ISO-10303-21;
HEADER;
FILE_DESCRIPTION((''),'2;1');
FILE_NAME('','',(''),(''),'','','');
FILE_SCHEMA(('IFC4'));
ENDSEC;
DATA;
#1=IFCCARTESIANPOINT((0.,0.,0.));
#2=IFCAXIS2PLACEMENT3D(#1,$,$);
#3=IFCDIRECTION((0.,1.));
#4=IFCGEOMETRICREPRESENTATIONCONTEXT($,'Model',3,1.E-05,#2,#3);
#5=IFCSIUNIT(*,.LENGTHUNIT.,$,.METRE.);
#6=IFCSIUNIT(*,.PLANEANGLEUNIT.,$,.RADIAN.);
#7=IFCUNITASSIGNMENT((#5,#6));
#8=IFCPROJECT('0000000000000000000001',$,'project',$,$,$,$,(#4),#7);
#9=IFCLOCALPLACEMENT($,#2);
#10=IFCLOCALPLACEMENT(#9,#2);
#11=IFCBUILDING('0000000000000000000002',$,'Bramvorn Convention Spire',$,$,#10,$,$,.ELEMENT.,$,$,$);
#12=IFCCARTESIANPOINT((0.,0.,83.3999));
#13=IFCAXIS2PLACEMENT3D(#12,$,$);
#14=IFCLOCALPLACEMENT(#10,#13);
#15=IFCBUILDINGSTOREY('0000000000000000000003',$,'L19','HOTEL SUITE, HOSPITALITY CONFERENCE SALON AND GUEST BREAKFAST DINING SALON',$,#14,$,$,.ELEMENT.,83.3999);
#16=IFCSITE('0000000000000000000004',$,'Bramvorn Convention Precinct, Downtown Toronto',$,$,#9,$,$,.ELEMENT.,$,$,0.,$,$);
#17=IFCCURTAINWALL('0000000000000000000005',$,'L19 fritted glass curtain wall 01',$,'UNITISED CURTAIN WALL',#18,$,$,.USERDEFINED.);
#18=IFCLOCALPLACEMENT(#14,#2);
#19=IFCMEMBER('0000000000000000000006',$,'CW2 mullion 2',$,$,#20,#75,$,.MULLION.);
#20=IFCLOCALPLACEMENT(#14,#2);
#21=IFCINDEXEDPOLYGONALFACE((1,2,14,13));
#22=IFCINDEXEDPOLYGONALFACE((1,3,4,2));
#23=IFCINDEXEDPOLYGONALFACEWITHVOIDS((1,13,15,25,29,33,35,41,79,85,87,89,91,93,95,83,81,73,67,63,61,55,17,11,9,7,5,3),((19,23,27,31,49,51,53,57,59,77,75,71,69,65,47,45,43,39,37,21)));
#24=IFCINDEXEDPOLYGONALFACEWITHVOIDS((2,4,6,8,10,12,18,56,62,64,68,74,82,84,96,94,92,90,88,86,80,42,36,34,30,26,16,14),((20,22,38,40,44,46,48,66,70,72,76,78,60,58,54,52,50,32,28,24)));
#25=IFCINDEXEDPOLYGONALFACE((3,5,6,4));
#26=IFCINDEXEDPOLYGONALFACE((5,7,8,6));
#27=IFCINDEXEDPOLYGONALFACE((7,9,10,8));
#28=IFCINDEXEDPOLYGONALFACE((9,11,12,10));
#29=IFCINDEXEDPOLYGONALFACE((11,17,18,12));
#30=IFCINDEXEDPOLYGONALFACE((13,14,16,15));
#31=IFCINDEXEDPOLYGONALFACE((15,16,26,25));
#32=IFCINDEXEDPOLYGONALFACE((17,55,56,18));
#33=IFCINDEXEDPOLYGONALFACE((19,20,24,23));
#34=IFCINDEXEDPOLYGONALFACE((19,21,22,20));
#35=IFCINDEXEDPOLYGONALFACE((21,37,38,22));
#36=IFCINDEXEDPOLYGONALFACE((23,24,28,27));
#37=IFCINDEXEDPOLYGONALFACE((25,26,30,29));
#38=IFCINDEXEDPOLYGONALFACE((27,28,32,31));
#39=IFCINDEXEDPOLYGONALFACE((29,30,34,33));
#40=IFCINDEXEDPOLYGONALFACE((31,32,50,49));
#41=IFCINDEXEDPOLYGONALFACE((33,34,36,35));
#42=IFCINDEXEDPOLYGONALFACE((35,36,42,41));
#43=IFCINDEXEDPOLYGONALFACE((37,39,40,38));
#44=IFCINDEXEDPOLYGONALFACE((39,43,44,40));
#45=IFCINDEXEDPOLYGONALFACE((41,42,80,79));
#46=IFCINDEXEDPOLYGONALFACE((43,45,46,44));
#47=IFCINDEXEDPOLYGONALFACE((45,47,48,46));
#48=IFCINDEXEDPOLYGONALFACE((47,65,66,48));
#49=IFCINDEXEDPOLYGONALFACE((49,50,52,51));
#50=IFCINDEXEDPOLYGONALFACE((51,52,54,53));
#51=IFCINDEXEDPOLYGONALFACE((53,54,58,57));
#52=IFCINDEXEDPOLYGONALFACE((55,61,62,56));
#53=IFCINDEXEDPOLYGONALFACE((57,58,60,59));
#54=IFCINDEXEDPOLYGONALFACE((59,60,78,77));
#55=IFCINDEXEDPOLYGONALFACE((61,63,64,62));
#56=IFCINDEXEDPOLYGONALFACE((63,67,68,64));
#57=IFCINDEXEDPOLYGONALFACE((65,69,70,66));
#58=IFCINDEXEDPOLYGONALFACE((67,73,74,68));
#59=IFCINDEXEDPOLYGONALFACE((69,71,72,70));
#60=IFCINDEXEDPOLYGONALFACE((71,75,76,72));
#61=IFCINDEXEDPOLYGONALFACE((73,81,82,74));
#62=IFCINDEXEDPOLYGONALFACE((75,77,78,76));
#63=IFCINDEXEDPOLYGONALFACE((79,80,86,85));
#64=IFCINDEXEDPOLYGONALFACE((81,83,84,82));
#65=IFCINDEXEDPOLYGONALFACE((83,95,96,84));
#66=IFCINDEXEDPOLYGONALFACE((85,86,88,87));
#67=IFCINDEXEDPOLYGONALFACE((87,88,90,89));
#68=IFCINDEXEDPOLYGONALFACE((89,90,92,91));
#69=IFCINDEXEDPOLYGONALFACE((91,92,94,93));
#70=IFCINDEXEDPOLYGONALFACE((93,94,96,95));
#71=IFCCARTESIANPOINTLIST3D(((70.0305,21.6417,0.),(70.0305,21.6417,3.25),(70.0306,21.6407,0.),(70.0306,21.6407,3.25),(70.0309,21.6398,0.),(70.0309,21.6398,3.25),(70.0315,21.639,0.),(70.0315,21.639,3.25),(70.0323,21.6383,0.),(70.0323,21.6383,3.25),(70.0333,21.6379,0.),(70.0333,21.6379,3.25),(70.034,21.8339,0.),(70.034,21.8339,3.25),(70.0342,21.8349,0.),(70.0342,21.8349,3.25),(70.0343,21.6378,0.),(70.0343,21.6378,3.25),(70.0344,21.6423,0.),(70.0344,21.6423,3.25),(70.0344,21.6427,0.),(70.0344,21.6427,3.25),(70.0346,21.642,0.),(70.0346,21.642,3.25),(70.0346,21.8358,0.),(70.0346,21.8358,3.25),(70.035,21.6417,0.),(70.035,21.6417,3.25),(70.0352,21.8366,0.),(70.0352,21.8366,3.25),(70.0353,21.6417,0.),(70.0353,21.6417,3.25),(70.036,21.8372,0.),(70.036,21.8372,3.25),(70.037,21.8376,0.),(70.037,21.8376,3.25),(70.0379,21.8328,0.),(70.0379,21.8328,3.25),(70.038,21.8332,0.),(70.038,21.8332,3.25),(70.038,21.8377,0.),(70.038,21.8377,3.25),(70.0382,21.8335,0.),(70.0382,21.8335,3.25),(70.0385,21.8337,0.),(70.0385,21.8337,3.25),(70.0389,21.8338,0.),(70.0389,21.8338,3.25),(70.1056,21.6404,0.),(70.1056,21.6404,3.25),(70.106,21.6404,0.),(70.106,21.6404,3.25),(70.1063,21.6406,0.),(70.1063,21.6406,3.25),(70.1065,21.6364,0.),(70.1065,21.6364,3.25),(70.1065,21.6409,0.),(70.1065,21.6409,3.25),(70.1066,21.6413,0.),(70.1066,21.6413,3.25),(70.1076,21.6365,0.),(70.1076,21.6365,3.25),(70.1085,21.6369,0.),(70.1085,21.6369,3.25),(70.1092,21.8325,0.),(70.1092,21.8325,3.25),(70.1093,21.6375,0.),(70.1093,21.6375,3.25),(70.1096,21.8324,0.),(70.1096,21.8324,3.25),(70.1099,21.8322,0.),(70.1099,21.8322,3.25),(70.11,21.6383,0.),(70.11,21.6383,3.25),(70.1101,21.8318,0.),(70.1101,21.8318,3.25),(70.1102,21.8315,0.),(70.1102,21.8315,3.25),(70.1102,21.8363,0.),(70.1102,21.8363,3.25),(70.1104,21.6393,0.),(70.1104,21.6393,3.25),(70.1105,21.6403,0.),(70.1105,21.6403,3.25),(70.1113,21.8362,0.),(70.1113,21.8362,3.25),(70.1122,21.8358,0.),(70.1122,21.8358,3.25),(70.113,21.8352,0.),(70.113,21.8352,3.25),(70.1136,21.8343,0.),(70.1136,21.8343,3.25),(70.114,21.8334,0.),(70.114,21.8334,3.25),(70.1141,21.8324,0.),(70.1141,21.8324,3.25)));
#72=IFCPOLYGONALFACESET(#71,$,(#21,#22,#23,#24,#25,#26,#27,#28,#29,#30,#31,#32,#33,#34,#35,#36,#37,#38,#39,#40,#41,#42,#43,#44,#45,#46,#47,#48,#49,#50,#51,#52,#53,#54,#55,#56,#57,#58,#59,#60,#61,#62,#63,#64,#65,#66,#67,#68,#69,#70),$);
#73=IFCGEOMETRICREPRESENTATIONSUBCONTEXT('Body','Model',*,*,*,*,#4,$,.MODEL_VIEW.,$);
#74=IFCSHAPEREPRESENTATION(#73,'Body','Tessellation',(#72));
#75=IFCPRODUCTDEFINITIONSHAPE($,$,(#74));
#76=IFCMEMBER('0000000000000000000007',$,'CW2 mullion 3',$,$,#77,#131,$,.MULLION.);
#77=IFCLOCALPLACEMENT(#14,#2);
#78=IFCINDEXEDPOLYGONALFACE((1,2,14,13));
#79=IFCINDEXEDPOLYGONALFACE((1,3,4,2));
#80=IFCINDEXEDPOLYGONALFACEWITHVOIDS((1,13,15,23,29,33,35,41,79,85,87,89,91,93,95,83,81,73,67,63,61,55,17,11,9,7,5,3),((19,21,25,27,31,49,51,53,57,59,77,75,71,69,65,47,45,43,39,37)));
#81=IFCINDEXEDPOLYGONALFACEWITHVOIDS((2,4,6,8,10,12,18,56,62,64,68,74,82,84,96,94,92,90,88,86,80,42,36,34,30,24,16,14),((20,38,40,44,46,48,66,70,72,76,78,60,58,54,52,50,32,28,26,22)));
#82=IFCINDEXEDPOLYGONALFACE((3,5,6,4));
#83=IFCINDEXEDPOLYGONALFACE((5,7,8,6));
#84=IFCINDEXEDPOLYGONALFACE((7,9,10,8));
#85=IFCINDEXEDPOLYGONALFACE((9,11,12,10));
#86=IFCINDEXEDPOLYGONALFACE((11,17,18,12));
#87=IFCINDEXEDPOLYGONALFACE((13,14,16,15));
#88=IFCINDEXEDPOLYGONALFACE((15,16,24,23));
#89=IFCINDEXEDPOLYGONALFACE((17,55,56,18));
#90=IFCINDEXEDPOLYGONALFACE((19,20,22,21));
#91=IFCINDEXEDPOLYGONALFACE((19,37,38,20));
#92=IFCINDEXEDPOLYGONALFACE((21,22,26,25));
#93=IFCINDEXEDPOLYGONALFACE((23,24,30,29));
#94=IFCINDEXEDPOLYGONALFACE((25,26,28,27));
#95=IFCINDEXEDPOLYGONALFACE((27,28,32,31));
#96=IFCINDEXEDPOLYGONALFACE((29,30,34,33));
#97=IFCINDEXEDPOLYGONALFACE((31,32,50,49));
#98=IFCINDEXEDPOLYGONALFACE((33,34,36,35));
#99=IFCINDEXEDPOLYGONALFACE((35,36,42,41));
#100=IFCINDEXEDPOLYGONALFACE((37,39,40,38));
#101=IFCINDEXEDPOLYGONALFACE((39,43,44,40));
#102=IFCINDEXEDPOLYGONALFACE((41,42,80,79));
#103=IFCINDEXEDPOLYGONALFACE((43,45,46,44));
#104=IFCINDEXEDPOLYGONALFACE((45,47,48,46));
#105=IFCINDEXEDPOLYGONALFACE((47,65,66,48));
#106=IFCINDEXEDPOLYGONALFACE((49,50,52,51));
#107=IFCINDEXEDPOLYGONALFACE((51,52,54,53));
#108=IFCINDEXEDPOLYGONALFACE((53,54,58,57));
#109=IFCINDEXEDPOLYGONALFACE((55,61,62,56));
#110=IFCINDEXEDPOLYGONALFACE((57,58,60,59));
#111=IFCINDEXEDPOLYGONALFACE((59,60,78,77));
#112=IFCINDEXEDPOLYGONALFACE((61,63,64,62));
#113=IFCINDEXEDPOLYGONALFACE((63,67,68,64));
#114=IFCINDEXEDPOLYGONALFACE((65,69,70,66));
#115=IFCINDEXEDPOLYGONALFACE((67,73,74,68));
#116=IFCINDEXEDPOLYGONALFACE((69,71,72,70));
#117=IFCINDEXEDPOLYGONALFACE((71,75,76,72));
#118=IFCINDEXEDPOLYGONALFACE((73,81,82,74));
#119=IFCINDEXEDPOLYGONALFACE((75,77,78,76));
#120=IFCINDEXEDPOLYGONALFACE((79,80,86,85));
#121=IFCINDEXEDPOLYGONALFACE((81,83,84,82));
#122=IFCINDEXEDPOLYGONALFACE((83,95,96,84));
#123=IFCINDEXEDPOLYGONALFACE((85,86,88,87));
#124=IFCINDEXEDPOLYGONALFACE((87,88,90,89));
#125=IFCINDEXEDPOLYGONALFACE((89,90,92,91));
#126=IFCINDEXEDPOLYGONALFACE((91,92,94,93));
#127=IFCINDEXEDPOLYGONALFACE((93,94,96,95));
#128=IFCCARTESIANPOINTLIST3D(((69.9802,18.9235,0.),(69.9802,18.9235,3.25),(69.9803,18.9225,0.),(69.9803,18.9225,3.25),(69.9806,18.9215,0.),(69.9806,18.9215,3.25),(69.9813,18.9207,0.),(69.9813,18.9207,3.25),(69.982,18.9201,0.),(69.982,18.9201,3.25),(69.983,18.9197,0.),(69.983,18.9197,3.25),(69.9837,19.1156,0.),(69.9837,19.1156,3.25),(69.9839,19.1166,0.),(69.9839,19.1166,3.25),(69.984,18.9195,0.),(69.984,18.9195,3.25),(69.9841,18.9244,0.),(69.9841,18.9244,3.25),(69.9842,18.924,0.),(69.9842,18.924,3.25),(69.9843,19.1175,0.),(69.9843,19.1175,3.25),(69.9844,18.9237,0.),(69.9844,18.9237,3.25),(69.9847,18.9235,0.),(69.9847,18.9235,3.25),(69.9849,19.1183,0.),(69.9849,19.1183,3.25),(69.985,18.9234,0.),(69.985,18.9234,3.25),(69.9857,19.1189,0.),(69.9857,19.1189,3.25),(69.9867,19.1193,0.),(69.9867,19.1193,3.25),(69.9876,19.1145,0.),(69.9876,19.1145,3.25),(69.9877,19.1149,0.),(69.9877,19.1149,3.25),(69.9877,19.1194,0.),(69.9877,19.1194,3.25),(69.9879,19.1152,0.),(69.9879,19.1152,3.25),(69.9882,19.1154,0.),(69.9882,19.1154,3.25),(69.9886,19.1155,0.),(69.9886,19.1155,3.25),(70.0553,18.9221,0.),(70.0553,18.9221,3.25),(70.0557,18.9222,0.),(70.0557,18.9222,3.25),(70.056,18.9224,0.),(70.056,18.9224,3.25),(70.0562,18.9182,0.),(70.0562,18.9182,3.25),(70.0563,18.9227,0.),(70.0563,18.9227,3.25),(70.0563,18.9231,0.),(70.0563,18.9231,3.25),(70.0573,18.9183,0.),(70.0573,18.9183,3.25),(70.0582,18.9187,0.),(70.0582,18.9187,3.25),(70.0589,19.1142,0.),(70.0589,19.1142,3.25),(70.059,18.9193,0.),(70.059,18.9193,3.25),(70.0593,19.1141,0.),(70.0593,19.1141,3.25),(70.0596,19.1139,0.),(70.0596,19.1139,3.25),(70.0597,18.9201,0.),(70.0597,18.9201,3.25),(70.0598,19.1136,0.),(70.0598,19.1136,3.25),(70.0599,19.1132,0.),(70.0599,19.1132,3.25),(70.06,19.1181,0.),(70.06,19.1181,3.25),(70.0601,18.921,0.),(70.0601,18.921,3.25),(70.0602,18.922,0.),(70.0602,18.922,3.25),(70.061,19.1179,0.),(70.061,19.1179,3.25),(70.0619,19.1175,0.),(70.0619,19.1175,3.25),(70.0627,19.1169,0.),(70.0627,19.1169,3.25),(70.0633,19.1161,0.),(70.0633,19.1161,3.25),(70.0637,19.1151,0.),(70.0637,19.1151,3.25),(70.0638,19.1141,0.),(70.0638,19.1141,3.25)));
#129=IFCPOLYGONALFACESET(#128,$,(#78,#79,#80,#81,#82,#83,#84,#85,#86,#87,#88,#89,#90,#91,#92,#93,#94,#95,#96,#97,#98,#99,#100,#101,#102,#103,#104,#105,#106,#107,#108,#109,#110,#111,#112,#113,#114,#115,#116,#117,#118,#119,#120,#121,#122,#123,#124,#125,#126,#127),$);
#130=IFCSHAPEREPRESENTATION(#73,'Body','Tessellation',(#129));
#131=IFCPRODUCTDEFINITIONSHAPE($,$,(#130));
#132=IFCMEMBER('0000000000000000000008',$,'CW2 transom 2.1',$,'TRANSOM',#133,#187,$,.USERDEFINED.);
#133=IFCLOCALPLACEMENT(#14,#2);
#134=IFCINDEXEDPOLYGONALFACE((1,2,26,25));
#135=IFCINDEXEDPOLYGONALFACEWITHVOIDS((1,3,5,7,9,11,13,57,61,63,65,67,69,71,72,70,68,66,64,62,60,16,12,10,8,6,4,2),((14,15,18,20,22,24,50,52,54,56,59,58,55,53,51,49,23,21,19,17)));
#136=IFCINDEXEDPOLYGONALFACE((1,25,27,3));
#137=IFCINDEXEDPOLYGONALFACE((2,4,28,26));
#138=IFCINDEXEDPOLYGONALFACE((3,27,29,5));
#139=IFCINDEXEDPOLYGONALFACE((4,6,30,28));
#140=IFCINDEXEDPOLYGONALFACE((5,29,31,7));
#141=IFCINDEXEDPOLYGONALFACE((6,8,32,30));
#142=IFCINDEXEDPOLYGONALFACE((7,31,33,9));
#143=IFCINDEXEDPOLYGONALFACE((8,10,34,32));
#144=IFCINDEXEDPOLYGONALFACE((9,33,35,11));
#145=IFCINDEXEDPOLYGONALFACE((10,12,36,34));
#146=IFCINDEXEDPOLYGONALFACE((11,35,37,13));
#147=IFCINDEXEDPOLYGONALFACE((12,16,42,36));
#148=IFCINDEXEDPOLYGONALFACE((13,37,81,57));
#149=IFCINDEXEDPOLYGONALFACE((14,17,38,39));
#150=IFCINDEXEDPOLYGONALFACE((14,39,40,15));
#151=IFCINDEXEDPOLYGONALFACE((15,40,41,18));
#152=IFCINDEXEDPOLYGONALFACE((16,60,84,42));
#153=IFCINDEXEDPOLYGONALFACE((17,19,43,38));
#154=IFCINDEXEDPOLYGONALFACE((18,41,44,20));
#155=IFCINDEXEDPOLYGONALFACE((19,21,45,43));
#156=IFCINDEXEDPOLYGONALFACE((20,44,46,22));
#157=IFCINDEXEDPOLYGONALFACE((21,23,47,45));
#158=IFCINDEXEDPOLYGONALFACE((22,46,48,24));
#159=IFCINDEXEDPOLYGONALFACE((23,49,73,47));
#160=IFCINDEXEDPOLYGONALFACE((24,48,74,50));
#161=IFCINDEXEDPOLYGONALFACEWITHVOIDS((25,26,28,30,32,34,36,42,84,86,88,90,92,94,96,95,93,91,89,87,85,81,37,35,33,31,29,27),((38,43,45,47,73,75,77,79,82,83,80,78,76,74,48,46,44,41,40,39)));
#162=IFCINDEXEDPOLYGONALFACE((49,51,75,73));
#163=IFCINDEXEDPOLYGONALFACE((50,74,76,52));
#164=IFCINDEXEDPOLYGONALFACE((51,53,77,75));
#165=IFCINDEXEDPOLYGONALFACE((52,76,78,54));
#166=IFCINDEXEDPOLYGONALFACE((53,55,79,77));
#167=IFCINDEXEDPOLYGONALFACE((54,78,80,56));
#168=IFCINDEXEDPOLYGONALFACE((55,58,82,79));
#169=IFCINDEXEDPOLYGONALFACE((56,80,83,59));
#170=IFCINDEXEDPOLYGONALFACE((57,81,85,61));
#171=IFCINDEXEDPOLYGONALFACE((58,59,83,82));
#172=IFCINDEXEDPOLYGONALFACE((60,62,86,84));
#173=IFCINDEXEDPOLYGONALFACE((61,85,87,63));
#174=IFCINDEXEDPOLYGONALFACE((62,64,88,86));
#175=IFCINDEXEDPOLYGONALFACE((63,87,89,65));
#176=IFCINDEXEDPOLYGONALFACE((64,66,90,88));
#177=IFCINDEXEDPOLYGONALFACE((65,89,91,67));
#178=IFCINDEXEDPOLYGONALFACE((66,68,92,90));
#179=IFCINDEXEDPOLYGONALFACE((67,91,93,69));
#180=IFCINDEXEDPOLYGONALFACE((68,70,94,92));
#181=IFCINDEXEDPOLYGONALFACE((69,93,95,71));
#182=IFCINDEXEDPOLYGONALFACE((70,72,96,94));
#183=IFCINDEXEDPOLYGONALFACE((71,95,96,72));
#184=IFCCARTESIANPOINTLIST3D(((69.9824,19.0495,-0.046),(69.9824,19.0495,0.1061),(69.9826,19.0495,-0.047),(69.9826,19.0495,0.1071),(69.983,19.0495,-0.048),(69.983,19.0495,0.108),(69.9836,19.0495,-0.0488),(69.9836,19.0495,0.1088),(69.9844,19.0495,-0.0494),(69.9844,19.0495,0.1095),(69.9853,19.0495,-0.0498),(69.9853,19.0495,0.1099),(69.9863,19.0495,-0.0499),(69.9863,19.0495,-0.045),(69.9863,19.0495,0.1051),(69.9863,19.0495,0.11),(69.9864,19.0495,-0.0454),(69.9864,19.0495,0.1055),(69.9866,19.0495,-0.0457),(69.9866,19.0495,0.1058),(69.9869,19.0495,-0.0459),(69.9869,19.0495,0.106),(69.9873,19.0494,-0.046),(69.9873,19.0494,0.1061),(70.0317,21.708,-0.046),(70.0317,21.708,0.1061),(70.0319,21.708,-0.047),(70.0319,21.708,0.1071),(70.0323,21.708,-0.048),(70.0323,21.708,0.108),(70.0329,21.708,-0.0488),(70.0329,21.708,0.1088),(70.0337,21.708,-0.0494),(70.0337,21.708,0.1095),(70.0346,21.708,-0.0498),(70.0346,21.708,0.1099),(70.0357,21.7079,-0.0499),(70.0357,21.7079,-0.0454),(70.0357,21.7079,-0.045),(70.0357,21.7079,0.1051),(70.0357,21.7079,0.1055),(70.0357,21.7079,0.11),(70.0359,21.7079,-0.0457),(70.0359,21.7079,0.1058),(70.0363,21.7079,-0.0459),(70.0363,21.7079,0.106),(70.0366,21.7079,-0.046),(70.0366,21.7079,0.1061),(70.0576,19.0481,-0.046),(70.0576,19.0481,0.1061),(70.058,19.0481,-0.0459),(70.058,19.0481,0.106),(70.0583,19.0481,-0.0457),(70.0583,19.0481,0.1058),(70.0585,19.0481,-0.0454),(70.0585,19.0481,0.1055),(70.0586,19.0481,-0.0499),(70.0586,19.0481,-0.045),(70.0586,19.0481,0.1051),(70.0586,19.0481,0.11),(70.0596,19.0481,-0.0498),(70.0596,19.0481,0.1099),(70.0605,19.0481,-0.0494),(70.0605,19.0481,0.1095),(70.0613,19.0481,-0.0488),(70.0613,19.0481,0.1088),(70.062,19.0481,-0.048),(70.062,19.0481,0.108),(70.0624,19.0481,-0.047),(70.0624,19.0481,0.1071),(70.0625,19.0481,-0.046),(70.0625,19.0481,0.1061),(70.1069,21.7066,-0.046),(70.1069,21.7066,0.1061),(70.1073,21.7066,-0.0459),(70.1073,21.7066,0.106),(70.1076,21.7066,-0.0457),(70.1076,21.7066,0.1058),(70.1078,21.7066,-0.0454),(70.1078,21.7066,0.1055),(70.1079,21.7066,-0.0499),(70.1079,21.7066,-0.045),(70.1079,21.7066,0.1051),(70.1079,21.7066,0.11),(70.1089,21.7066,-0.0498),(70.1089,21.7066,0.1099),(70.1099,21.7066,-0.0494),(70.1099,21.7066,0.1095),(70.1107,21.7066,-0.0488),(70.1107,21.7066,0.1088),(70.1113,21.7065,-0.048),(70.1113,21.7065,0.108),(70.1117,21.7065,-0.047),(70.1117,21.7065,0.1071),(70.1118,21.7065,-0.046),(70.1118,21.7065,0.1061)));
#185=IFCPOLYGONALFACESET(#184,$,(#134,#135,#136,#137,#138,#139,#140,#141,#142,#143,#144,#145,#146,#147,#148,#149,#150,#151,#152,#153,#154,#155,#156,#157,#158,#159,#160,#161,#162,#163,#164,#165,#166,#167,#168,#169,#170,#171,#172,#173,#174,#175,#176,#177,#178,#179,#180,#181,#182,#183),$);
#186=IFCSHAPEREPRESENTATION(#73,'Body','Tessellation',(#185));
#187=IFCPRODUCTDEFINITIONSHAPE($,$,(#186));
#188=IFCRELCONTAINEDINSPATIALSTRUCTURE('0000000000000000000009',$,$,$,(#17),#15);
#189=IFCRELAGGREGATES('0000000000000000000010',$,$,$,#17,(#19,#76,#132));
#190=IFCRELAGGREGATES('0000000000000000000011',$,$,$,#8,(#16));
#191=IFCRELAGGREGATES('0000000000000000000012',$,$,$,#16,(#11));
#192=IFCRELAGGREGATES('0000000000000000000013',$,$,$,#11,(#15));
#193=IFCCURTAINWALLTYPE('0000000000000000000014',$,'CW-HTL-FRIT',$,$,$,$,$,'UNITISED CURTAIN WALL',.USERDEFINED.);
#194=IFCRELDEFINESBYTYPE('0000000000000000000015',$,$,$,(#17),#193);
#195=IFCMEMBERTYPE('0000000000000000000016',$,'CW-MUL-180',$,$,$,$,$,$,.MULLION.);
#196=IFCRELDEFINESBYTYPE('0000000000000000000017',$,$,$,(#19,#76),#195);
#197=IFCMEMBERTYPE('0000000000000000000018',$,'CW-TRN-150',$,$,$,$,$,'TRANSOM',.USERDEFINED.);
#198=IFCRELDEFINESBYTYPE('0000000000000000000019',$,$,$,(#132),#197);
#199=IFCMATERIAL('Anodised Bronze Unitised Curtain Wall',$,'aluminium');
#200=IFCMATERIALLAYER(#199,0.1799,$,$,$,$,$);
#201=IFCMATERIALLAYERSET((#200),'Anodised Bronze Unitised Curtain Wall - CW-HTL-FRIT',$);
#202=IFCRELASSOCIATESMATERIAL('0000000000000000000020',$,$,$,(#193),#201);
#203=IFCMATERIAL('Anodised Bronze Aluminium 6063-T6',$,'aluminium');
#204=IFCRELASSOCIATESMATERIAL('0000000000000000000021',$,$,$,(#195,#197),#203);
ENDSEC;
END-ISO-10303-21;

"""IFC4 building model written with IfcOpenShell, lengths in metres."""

from ifc_helpers import new_model, si_unit, direction, frame, origin, origin_2d, place, context, subcontext, project, spatial, hollow_rectangle, extrude, material, layer, layer_set, material_profile, profile_set, type_object, element, aggregate, save


model = new_model("IFC4")

# Units and contexts
model_context = context("Model", 3, precision=1e-05, world=origin(), true_north=direction((0.0, 1.0)))
body_context = subcontext(model_context, "Body", "Model", "MODEL_VIEW")
ifc_project = project(units=[si_unit("LENGTHUNIT", "METRE"), si_unit("PLANEANGLEUNIT", "RADIAN")], contexts=[model_context])

# Site, building, storey
site_placement = place(None, origin())
site = spatial("IfcSite", under=ifc_project, at=site_placement, Name="Bramvorn Convention Precinct, Downtown Toronto", CompositionType="ELEMENT", RefElevation=0.0)
building_placement = place(site_placement, origin())
building = spatial("IfcBuilding", under=site, at=building_placement, Name="Bramvorn Convention Spire", CompositionType="ELEMENT")
storey_placement = place(building_placement, frame((0.0, 0.0, 83.3999)))
storey = spatial("IfcBuildingStorey", under=building, at=storey_placement, Name="L19", Description="HOTEL SUITE, HOSPITALITY CONFERENCE SALON AND GUEST BREAKFAST DINING SALON", CompositionType="ELEMENT", Elevation=83.3999)

# Curtain wall, members
ifc_material_1 = material(Name="Anodised Bronze Unitised Curtain Wall", Category="aluminium")
ifc_layer_1 = layer(ifc_material_1, 0.1799)
ifc_layer_set_1 = layer_set([ifc_layer_1], Name="Anodised Bronze Unitised Curtain Wall - CW-HTL-FRIT")
curtain_wall_type = type_object("IfcCurtainWallType", Name="CW-HTL-FRIT", ElementType="UNITISED CURTAIN WALL", PredefinedType="USERDEFINED", material=ifc_layer_set_1)
curtain_wall_placement = place(storey_placement, origin())
curtain_wall = element("IfcCurtainWall", 1, at=curtain_wall_placement, inside=storey, type_object=curtain_wall_type, Name="L19 fritted glass curtain wall 01", ObjectType="UNITISED CURTAIN WALL", PredefinedType="USERDEFINED")
ifc_material_2 = material(Name="Anodised Bronze Aluminium 6063-T6", Category="aluminium")
ifc_material_profile_1 = material_profile(ifc_material_2, hollow_rectangle(XDim=0.0801, YDim=0.2, WallThickness=0.0039, InnerFilletRadius=0.001, OuterFilletRadius=0.0039, at=origin_2d()))
ifc_profile_set_1 = profile_set([ifc_material_profile_1], Name="Anodised Bronze Aluminium 6063-T6 - CWM80X200")
member_type_1 = type_object("IfcMemberType", Name="CW-MUL-180", PredefinedType="MULLION", material=ifc_profile_set_1)
member_1_placement = place(storey_placement, frame((70.0723, 21.7371, 0.0), z_axis=(0.0, 0.0, 1.0), x_axis=(0.999828, -0.018536, 0.0)))
member_1 = element("IfcMember", 2, at=member_1_placement, type_object=member_type_1, Name="CW2 mullion 2", PredefinedType="MULLION", context=body_context, shape_type="SweptSolid", body=[
    extrude(hollow_rectangle(XDim=0.0801, YDim=0.2, WallThickness=0.0039, InnerFilletRadius=0.001, OuterFilletRadius=0.0039, at=origin_2d()), origin(), (0.0, 0.0, 1.0), 3.25),
])
member_2_placement = place(storey_placement, frame((70.022, 19.0188, 0.0), z_axis=(0.0, 0.0, 1.0), x_axis=(0.999828, -0.018536, 0.0)))
member_2 = element("IfcMember", 3, at=member_2_placement, type_object=member_type_1, Name="CW2 mullion 3", PredefinedType="MULLION", context=body_context, shape_type="SweptSolid", body=[
    extrude(hollow_rectangle(XDim=0.0801, YDim=0.2, WallThickness=0.0039, InnerFilletRadius=0.001, OuterFilletRadius=0.0039, at=origin_2d()), origin(), (0.0, 0.0, 1.0), 3.25),
])
ifc_material_profile_2 = material_profile(ifc_material_2, hollow_rectangle(XDim=0.0801, YDim=0.1599, WallThickness=0.0039, InnerFilletRadius=0.001, OuterFilletRadius=0.0039, at=origin_2d()))
ifc_profile_set_2 = profile_set([ifc_material_profile_2], Name="Anodised Bronze Aluminium 6063-T6 - CWT80X160")
member_type_2 = type_object("IfcMemberType", Name="CW-TRN-150", ElementType="TRANSOM", PredefinedType="USERDEFINED", material=ifc_profile_set_2)
member_3_placement = place(storey_placement, frame((70.0718, 21.7073, 0.03), z_axis=(-0.018548, -0.999828, 0.0), x_axis=(0.999828, -0.018548, 0.0)))
member_3 = element("IfcMember", 4, at=member_3_placement, type_object=member_type_2, Name="CW2 transom 2.1", ObjectType="TRANSOM", PredefinedType="USERDEFINED", context=body_context, shape_type="SweptSolid", body=[
    extrude(hollow_rectangle(XDim=0.0801, YDim=0.1599, WallThickness=0.0039, InnerFilletRadius=0.001, OuterFilletRadius=0.0039, at=origin_2d()), origin(), (0.0, 0.0, 1.0), 2.6589),
])

aggregate(curtain_wall, [member_1, member_2, member_3])

save(model, "model.ifc")
